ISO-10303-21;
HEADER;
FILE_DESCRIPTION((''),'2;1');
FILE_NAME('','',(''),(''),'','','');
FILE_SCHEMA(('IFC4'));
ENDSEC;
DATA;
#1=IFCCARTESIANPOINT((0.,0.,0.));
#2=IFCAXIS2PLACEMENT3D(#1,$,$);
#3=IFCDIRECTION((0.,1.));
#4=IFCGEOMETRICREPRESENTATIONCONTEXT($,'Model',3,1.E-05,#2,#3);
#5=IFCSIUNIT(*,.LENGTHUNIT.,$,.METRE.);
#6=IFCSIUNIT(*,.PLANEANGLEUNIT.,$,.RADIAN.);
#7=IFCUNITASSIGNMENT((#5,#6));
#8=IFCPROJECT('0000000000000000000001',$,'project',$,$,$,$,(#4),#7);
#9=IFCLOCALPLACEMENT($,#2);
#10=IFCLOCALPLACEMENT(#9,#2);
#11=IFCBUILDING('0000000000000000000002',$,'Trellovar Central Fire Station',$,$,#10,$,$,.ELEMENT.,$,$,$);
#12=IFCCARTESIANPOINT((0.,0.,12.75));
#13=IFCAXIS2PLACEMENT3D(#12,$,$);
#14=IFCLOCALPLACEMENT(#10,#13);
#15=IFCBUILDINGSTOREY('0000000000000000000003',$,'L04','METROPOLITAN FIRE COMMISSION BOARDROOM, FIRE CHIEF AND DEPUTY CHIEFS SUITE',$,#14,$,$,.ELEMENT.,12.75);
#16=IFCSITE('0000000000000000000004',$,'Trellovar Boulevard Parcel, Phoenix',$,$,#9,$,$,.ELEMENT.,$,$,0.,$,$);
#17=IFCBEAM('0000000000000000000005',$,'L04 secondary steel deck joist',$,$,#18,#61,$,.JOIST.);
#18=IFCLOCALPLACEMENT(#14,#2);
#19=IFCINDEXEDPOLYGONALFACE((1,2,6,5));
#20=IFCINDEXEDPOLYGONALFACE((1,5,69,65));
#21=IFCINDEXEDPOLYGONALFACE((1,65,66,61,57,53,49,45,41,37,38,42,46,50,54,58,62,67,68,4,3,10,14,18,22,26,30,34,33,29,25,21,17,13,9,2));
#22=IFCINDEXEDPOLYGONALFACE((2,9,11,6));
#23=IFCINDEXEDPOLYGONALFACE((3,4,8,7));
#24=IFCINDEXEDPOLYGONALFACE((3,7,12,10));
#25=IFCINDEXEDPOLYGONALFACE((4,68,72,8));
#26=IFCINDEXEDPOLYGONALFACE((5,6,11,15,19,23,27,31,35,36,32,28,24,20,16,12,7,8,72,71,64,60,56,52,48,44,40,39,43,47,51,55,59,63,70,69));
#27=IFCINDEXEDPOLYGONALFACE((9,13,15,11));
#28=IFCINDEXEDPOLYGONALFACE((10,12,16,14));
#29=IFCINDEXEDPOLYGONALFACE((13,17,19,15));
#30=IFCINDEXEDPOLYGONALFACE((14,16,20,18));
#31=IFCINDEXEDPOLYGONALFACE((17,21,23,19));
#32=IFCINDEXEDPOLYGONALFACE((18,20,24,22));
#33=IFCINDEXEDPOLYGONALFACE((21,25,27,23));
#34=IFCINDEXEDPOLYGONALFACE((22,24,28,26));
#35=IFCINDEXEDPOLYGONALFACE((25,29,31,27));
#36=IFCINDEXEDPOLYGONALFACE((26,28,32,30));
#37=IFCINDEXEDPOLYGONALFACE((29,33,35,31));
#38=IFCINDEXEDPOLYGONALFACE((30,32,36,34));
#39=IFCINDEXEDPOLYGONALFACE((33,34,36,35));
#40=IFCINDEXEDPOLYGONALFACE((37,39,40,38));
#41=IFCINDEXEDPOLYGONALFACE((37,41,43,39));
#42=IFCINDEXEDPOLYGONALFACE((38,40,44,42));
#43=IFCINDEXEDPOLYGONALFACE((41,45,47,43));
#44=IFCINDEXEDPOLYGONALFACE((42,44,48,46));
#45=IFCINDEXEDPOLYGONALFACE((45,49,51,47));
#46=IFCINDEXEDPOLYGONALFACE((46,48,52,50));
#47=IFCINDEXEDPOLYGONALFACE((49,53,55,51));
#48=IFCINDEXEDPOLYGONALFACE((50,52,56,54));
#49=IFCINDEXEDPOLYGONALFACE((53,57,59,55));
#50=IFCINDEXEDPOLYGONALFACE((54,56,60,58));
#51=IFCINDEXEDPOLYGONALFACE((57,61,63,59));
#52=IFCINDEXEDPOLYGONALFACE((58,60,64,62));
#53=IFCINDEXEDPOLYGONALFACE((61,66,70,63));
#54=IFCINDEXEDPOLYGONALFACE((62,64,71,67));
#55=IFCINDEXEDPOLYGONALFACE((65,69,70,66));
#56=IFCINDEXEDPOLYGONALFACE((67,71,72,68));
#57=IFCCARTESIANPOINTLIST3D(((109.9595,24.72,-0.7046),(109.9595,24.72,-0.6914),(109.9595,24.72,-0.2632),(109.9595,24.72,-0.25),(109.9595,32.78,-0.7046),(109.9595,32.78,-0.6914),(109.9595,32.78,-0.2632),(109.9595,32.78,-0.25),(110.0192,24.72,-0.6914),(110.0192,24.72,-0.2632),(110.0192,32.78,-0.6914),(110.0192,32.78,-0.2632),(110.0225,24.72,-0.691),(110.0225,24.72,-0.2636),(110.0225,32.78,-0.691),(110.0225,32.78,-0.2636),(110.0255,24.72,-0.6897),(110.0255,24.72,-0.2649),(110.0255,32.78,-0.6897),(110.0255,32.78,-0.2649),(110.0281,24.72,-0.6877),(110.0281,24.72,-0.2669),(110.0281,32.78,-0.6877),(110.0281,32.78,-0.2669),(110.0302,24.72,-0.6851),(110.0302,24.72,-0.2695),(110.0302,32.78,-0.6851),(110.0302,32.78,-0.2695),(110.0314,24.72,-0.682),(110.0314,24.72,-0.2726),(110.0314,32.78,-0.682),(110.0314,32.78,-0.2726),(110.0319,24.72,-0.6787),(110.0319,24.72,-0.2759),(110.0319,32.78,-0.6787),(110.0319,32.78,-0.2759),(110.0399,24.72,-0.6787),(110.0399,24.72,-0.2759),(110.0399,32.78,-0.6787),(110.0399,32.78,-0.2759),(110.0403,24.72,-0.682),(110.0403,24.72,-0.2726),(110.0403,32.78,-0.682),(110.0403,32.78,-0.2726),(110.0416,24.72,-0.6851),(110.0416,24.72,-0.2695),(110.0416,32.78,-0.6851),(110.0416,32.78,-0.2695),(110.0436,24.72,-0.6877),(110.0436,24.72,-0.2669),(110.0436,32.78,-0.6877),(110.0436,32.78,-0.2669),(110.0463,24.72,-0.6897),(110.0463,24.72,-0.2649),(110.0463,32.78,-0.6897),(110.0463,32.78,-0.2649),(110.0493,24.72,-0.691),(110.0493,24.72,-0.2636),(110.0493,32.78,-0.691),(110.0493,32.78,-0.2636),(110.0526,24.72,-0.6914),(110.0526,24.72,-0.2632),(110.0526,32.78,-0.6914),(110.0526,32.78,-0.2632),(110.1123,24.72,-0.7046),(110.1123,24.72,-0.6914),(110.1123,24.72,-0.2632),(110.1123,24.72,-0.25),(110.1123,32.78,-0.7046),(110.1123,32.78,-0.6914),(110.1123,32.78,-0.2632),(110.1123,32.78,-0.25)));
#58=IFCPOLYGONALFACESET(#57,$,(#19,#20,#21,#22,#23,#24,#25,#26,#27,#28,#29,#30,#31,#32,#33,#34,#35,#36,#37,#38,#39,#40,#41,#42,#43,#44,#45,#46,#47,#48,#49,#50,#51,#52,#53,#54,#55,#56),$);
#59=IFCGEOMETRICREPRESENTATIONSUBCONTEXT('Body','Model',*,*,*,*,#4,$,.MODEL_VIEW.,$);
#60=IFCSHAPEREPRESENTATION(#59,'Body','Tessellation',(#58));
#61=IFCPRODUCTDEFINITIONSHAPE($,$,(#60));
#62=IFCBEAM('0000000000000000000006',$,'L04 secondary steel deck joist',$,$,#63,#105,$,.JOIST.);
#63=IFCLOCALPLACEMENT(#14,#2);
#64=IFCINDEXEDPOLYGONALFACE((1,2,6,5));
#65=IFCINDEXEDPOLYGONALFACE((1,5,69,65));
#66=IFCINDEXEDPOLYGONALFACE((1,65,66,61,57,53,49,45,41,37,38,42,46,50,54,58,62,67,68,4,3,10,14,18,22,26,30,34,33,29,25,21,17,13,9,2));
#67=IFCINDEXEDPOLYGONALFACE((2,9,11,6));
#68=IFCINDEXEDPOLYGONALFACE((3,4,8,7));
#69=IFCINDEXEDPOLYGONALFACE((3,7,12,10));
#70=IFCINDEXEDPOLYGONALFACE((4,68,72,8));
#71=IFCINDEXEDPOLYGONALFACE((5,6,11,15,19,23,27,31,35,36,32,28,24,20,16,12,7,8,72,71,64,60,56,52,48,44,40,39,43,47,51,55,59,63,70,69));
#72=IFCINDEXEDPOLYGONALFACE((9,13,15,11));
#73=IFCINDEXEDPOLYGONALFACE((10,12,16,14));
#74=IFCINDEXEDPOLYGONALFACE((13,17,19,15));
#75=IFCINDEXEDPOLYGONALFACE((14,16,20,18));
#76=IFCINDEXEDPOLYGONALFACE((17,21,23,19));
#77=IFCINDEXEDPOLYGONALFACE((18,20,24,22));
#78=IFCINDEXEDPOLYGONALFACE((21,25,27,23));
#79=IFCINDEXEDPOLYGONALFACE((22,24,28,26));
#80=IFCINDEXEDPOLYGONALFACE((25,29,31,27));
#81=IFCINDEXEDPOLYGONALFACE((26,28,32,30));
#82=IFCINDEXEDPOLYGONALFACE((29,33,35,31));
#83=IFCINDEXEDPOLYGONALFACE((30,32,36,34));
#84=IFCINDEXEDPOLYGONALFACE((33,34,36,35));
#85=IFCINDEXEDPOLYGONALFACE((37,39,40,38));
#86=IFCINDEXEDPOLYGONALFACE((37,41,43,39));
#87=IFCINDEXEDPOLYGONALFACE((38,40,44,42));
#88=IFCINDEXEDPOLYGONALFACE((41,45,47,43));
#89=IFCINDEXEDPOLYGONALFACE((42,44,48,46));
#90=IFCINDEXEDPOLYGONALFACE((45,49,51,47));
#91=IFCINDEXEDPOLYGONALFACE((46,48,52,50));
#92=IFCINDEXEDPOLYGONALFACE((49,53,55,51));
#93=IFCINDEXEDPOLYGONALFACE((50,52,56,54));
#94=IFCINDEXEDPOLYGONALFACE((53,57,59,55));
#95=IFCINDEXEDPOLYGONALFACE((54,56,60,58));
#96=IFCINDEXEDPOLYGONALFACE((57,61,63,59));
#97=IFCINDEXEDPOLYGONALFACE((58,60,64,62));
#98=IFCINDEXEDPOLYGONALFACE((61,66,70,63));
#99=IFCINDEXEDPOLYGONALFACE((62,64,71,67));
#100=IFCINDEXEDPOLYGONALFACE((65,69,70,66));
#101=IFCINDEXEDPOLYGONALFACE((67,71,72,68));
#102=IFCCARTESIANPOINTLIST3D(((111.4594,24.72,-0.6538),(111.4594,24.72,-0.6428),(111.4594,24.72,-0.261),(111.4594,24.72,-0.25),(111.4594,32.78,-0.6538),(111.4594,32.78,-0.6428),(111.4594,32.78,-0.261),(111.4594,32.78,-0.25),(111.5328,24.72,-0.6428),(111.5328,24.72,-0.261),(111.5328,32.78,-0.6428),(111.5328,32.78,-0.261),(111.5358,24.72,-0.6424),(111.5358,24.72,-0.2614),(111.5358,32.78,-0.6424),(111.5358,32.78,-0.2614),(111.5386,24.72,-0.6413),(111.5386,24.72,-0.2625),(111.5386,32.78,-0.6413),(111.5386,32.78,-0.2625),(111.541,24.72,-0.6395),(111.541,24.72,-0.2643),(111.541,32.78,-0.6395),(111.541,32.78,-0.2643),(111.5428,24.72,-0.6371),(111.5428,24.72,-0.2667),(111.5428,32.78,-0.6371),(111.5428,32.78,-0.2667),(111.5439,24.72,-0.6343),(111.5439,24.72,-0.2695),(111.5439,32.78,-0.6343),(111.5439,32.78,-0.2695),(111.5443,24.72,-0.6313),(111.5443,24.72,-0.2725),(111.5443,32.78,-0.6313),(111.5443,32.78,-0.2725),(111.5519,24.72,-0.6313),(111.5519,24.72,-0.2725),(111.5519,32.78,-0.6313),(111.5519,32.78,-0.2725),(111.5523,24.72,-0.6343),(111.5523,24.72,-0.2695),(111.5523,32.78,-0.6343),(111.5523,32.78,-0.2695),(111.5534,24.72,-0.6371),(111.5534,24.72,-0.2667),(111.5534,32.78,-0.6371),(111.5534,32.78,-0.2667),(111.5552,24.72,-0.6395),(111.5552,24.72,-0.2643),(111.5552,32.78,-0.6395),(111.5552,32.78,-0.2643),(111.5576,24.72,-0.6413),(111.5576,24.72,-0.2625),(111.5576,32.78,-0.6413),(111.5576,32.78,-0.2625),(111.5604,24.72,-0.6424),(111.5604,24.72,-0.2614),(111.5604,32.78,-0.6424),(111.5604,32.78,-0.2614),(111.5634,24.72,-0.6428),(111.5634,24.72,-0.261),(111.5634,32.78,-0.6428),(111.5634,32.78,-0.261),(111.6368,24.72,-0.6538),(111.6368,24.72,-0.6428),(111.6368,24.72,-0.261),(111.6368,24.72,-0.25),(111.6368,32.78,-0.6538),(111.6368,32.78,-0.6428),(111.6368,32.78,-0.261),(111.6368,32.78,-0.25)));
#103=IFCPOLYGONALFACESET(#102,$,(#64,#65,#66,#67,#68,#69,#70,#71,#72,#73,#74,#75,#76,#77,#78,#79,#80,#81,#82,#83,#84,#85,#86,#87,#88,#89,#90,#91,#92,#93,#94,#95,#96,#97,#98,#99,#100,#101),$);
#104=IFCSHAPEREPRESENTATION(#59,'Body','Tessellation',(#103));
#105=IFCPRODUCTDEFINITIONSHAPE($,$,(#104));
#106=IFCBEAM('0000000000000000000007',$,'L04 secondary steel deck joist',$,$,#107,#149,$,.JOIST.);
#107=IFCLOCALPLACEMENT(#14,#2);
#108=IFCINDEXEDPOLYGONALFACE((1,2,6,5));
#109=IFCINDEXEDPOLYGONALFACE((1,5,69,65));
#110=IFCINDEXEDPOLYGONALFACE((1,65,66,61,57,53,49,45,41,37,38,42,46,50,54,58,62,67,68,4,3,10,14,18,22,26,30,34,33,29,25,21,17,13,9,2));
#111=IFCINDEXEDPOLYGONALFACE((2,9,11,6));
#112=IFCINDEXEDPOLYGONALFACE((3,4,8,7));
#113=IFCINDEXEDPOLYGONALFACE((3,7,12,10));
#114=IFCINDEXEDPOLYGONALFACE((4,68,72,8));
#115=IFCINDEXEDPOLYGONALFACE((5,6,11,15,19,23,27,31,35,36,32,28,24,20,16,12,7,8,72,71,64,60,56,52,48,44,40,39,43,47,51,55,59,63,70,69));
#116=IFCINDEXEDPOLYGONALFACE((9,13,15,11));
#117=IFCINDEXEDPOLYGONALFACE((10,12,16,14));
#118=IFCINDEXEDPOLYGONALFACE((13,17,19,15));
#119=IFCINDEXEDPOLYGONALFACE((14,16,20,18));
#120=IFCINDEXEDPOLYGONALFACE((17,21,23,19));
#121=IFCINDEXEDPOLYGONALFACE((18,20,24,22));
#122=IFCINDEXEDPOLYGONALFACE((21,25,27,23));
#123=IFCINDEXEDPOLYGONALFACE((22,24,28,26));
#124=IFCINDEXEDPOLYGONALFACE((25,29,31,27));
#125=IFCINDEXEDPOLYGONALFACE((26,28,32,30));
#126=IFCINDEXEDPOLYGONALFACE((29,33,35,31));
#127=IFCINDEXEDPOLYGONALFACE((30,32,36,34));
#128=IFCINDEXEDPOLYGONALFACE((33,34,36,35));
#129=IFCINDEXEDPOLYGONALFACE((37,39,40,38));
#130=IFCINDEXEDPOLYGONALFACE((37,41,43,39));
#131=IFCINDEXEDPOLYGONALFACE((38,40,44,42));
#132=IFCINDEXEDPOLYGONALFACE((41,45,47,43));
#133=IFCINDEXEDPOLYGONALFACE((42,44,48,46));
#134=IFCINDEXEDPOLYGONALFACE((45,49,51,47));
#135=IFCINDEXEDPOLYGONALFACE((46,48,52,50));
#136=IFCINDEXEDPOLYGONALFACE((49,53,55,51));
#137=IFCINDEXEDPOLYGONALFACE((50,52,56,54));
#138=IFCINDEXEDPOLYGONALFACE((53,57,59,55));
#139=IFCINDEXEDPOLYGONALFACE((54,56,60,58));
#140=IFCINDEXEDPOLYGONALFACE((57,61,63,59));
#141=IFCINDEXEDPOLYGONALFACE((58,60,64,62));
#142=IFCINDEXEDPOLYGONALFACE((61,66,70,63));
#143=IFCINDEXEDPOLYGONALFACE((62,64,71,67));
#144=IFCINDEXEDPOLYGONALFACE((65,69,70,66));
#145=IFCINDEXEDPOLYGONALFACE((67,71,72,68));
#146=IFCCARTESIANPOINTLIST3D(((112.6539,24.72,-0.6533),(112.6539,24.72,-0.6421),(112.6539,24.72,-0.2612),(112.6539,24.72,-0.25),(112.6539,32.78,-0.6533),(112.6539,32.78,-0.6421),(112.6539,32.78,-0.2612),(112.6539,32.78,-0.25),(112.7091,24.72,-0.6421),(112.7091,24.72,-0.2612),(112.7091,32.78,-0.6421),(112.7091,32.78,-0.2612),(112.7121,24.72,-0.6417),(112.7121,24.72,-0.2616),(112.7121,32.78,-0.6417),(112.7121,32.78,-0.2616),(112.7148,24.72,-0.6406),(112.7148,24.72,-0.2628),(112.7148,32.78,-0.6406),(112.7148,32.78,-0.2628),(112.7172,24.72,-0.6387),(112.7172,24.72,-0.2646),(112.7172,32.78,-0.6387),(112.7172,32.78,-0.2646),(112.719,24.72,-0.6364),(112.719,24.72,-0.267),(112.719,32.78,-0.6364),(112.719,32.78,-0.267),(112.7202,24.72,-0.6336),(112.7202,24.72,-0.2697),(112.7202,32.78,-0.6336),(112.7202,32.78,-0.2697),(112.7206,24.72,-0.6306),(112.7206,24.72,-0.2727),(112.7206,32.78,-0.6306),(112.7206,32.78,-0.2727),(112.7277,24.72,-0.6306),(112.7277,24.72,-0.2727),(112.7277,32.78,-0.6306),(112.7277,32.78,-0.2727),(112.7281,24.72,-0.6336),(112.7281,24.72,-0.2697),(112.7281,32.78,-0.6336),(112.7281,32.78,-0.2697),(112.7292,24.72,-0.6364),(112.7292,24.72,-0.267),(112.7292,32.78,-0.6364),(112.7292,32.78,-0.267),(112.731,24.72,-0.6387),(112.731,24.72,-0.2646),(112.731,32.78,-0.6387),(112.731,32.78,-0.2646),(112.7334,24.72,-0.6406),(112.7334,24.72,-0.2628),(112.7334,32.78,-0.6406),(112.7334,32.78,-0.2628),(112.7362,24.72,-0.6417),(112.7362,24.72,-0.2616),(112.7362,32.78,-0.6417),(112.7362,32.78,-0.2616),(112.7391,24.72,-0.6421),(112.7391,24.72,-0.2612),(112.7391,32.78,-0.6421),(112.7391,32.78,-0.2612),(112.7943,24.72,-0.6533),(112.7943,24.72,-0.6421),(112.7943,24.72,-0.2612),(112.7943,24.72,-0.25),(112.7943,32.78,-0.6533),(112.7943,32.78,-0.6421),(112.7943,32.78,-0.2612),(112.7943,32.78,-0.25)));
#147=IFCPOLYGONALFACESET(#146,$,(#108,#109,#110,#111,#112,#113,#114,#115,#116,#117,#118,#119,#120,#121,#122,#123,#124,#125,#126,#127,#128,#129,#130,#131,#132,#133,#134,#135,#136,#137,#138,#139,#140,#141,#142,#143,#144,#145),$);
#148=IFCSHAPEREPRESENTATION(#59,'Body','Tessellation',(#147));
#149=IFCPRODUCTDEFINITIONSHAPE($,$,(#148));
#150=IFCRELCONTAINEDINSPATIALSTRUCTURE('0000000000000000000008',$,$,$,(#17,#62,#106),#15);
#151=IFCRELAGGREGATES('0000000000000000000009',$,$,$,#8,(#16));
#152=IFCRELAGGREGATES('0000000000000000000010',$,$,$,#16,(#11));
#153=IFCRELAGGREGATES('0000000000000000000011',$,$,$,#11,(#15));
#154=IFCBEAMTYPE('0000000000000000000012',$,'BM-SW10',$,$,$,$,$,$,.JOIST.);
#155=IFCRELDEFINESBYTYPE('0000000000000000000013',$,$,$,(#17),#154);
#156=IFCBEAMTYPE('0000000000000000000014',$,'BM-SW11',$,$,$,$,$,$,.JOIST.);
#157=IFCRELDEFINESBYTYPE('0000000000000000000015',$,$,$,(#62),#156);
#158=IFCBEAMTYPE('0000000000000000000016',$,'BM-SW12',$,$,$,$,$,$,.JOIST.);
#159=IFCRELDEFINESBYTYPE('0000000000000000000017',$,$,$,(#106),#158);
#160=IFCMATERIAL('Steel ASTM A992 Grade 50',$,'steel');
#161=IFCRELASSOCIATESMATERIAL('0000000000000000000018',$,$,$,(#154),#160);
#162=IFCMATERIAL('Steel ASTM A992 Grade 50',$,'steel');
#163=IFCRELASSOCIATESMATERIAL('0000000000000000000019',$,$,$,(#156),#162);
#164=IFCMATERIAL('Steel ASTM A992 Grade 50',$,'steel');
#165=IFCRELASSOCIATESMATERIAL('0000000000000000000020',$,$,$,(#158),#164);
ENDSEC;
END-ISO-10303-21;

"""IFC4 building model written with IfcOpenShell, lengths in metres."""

from ifc_helpers import new_model, si_unit, direction, frame, origin, origin_2d, place, context, subcontext, project, spatial, i_section, extrude, material, material_profile, profile_set, type_object, element, save


model = new_model("IFC4")

# Units and contexts
model_context = context("Model", 3, precision=1e-05, world=origin(), true_north=direction((0.0, 1.0)))
body_context = subcontext(model_context, "Body", "Model", "MODEL_VIEW")
ifc_project = project(units=[si_unit("LENGTHUNIT", "METRE"), si_unit("PLANEANGLEUNIT", "RADIAN")], contexts=[model_context])

# Site, building, storey
site_placement = place(None, origin())
site = spatial("IfcSite", under=ifc_project, at=site_placement, Name="Trellovar Boulevard Parcel, Phoenix", CompositionType="ELEMENT", RefElevation=0.0)
building_placement = place(site_placement, origin())
building = spatial("IfcBuilding", under=site, at=building_placement, Name="Trellovar Central Fire Station", CompositionType="ELEMENT")
storey_placement = place(building_placement, frame((0.0, 0.0, 12.75)))
storey = spatial("IfcBuildingStorey", under=building, at=storey_placement, Name="L04", Description="METROPOLITAN FIRE COMMISSION BOARDROOM, FIRE CHIEF AND DEPUTY CHIEFS SUITE", CompositionType="ELEMENT", Elevation=12.75)

# Beams
ifc_material_1 = material(Name="Steel ASTM A992 Grade 50", Category="steel")
ifc_material_profile_1 = material_profile(ifc_material_1, i_section(OverallWidth=0.1528, OverallDepth=0.4546, WebThickness=0.0081, FlangeThickness=0.0132, FilletRadius=0.0127, at=origin_2d()), Name="W18X40")
ifc_profile_set_1 = profile_set([ifc_material_profile_1], Name="Steel ASTM A992 Grade 50")
beam_type_1 = type_object("IfcBeamType", Name="BM-SW10", PredefinedType="JOIST", material=ifc_profile_set_1)
beam_1_placement = place(storey_placement, frame((110.0359, 24.72, -0.4773), z_axis=(0.0, 1.0, 0.0), x_axis=(-1.0, 0.0, 0.0)))
element("IfcBeam", 1, at=beam_1_placement, inside=storey, type_object=beam_type_1, Name="L04 secondary steel deck joist", PredefinedType="JOIST", context=body_context, shape_type="SweptSolid", body=[
    extrude(i_section(OverallWidth=0.1528, OverallDepth=0.4546, WebThickness=0.0081, FlangeThickness=0.0132, FilletRadius=0.0127, at=origin_2d()), origin(), (0.0, 0.0, 1.0), 8.0601),
])
ifc_material_2 = material(Name="Steel ASTM A992 Grade 50", Category="steel")
ifc_material_profile_2 = material_profile(ifc_material_2, i_section(OverallWidth=0.1775, OverallDepth=0.4038, WebThickness=0.0076, FlangeThickness=0.011, FilletRadius=0.0115, at=origin_2d()), Name="W16X36")
ifc_profile_set_2 = profile_set([ifc_material_profile_2], Name="Steel ASTM A992 Grade 50")
beam_type_2 = type_object("IfcBeamType", Name="BM-SW11", PredefinedType="JOIST", material=ifc_profile_set_2)
beam_2_placement = place(storey_placement, frame((111.5481, 24.72, -0.4519), z_axis=(0.0, 1.0, 0.0), x_axis=(-1.0, 0.0, 0.0)))
element("IfcBeam", 2, at=beam_2_placement, inside=storey, type_object=beam_type_2, Name="L04 secondary steel deck joist", PredefinedType="JOIST", context=body_context, shape_type="SweptSolid", body=[
    extrude(i_section(OverallWidth=0.1775, OverallDepth=0.4038, WebThickness=0.0076, FlangeThickness=0.011, FilletRadius=0.0115, at=origin_2d()), origin(), (0.0, 0.0, 1.0), 8.0601),
])
ifc_material_3 = material(Name="Steel ASTM A992 Grade 50", Category="steel")
ifc_material_profile_3 = material_profile(ifc_material_3, i_section(OverallWidth=0.1404, OverallDepth=0.4033, WebThickness=0.0071, FlangeThickness=0.0112, FilletRadius=0.0115, at=origin_2d()), Name="W16X31")
ifc_profile_set_3 = profile_set([ifc_material_profile_3], Name="Steel ASTM A992 Grade 50")
beam_type_3 = type_object("IfcBeamType", Name="BM-SW12", PredefinedType="JOIST", material=ifc_profile_set_3)
beam_3_placement = place(storey_placement, frame((112.7241, 24.72, -0.4517), z_axis=(0.0, 1.0, 0.0), x_axis=(-1.0, 0.0, 0.0)))
element("IfcBeam", 3, at=beam_3_placement, inside=storey, type_object=beam_type_3, Name="L04 secondary steel deck joist", PredefinedType="JOIST", context=body_context, shape_type="SweptSolid", body=[
    extrude(i_section(OverallWidth=0.1404, OverallDepth=0.4033, WebThickness=0.0071, FlangeThickness=0.0112, FilletRadius=0.0115, at=origin_2d()), origin(), (0.0, 0.0, 1.0), 8.0601),
])

save(model, "model.ifc")
